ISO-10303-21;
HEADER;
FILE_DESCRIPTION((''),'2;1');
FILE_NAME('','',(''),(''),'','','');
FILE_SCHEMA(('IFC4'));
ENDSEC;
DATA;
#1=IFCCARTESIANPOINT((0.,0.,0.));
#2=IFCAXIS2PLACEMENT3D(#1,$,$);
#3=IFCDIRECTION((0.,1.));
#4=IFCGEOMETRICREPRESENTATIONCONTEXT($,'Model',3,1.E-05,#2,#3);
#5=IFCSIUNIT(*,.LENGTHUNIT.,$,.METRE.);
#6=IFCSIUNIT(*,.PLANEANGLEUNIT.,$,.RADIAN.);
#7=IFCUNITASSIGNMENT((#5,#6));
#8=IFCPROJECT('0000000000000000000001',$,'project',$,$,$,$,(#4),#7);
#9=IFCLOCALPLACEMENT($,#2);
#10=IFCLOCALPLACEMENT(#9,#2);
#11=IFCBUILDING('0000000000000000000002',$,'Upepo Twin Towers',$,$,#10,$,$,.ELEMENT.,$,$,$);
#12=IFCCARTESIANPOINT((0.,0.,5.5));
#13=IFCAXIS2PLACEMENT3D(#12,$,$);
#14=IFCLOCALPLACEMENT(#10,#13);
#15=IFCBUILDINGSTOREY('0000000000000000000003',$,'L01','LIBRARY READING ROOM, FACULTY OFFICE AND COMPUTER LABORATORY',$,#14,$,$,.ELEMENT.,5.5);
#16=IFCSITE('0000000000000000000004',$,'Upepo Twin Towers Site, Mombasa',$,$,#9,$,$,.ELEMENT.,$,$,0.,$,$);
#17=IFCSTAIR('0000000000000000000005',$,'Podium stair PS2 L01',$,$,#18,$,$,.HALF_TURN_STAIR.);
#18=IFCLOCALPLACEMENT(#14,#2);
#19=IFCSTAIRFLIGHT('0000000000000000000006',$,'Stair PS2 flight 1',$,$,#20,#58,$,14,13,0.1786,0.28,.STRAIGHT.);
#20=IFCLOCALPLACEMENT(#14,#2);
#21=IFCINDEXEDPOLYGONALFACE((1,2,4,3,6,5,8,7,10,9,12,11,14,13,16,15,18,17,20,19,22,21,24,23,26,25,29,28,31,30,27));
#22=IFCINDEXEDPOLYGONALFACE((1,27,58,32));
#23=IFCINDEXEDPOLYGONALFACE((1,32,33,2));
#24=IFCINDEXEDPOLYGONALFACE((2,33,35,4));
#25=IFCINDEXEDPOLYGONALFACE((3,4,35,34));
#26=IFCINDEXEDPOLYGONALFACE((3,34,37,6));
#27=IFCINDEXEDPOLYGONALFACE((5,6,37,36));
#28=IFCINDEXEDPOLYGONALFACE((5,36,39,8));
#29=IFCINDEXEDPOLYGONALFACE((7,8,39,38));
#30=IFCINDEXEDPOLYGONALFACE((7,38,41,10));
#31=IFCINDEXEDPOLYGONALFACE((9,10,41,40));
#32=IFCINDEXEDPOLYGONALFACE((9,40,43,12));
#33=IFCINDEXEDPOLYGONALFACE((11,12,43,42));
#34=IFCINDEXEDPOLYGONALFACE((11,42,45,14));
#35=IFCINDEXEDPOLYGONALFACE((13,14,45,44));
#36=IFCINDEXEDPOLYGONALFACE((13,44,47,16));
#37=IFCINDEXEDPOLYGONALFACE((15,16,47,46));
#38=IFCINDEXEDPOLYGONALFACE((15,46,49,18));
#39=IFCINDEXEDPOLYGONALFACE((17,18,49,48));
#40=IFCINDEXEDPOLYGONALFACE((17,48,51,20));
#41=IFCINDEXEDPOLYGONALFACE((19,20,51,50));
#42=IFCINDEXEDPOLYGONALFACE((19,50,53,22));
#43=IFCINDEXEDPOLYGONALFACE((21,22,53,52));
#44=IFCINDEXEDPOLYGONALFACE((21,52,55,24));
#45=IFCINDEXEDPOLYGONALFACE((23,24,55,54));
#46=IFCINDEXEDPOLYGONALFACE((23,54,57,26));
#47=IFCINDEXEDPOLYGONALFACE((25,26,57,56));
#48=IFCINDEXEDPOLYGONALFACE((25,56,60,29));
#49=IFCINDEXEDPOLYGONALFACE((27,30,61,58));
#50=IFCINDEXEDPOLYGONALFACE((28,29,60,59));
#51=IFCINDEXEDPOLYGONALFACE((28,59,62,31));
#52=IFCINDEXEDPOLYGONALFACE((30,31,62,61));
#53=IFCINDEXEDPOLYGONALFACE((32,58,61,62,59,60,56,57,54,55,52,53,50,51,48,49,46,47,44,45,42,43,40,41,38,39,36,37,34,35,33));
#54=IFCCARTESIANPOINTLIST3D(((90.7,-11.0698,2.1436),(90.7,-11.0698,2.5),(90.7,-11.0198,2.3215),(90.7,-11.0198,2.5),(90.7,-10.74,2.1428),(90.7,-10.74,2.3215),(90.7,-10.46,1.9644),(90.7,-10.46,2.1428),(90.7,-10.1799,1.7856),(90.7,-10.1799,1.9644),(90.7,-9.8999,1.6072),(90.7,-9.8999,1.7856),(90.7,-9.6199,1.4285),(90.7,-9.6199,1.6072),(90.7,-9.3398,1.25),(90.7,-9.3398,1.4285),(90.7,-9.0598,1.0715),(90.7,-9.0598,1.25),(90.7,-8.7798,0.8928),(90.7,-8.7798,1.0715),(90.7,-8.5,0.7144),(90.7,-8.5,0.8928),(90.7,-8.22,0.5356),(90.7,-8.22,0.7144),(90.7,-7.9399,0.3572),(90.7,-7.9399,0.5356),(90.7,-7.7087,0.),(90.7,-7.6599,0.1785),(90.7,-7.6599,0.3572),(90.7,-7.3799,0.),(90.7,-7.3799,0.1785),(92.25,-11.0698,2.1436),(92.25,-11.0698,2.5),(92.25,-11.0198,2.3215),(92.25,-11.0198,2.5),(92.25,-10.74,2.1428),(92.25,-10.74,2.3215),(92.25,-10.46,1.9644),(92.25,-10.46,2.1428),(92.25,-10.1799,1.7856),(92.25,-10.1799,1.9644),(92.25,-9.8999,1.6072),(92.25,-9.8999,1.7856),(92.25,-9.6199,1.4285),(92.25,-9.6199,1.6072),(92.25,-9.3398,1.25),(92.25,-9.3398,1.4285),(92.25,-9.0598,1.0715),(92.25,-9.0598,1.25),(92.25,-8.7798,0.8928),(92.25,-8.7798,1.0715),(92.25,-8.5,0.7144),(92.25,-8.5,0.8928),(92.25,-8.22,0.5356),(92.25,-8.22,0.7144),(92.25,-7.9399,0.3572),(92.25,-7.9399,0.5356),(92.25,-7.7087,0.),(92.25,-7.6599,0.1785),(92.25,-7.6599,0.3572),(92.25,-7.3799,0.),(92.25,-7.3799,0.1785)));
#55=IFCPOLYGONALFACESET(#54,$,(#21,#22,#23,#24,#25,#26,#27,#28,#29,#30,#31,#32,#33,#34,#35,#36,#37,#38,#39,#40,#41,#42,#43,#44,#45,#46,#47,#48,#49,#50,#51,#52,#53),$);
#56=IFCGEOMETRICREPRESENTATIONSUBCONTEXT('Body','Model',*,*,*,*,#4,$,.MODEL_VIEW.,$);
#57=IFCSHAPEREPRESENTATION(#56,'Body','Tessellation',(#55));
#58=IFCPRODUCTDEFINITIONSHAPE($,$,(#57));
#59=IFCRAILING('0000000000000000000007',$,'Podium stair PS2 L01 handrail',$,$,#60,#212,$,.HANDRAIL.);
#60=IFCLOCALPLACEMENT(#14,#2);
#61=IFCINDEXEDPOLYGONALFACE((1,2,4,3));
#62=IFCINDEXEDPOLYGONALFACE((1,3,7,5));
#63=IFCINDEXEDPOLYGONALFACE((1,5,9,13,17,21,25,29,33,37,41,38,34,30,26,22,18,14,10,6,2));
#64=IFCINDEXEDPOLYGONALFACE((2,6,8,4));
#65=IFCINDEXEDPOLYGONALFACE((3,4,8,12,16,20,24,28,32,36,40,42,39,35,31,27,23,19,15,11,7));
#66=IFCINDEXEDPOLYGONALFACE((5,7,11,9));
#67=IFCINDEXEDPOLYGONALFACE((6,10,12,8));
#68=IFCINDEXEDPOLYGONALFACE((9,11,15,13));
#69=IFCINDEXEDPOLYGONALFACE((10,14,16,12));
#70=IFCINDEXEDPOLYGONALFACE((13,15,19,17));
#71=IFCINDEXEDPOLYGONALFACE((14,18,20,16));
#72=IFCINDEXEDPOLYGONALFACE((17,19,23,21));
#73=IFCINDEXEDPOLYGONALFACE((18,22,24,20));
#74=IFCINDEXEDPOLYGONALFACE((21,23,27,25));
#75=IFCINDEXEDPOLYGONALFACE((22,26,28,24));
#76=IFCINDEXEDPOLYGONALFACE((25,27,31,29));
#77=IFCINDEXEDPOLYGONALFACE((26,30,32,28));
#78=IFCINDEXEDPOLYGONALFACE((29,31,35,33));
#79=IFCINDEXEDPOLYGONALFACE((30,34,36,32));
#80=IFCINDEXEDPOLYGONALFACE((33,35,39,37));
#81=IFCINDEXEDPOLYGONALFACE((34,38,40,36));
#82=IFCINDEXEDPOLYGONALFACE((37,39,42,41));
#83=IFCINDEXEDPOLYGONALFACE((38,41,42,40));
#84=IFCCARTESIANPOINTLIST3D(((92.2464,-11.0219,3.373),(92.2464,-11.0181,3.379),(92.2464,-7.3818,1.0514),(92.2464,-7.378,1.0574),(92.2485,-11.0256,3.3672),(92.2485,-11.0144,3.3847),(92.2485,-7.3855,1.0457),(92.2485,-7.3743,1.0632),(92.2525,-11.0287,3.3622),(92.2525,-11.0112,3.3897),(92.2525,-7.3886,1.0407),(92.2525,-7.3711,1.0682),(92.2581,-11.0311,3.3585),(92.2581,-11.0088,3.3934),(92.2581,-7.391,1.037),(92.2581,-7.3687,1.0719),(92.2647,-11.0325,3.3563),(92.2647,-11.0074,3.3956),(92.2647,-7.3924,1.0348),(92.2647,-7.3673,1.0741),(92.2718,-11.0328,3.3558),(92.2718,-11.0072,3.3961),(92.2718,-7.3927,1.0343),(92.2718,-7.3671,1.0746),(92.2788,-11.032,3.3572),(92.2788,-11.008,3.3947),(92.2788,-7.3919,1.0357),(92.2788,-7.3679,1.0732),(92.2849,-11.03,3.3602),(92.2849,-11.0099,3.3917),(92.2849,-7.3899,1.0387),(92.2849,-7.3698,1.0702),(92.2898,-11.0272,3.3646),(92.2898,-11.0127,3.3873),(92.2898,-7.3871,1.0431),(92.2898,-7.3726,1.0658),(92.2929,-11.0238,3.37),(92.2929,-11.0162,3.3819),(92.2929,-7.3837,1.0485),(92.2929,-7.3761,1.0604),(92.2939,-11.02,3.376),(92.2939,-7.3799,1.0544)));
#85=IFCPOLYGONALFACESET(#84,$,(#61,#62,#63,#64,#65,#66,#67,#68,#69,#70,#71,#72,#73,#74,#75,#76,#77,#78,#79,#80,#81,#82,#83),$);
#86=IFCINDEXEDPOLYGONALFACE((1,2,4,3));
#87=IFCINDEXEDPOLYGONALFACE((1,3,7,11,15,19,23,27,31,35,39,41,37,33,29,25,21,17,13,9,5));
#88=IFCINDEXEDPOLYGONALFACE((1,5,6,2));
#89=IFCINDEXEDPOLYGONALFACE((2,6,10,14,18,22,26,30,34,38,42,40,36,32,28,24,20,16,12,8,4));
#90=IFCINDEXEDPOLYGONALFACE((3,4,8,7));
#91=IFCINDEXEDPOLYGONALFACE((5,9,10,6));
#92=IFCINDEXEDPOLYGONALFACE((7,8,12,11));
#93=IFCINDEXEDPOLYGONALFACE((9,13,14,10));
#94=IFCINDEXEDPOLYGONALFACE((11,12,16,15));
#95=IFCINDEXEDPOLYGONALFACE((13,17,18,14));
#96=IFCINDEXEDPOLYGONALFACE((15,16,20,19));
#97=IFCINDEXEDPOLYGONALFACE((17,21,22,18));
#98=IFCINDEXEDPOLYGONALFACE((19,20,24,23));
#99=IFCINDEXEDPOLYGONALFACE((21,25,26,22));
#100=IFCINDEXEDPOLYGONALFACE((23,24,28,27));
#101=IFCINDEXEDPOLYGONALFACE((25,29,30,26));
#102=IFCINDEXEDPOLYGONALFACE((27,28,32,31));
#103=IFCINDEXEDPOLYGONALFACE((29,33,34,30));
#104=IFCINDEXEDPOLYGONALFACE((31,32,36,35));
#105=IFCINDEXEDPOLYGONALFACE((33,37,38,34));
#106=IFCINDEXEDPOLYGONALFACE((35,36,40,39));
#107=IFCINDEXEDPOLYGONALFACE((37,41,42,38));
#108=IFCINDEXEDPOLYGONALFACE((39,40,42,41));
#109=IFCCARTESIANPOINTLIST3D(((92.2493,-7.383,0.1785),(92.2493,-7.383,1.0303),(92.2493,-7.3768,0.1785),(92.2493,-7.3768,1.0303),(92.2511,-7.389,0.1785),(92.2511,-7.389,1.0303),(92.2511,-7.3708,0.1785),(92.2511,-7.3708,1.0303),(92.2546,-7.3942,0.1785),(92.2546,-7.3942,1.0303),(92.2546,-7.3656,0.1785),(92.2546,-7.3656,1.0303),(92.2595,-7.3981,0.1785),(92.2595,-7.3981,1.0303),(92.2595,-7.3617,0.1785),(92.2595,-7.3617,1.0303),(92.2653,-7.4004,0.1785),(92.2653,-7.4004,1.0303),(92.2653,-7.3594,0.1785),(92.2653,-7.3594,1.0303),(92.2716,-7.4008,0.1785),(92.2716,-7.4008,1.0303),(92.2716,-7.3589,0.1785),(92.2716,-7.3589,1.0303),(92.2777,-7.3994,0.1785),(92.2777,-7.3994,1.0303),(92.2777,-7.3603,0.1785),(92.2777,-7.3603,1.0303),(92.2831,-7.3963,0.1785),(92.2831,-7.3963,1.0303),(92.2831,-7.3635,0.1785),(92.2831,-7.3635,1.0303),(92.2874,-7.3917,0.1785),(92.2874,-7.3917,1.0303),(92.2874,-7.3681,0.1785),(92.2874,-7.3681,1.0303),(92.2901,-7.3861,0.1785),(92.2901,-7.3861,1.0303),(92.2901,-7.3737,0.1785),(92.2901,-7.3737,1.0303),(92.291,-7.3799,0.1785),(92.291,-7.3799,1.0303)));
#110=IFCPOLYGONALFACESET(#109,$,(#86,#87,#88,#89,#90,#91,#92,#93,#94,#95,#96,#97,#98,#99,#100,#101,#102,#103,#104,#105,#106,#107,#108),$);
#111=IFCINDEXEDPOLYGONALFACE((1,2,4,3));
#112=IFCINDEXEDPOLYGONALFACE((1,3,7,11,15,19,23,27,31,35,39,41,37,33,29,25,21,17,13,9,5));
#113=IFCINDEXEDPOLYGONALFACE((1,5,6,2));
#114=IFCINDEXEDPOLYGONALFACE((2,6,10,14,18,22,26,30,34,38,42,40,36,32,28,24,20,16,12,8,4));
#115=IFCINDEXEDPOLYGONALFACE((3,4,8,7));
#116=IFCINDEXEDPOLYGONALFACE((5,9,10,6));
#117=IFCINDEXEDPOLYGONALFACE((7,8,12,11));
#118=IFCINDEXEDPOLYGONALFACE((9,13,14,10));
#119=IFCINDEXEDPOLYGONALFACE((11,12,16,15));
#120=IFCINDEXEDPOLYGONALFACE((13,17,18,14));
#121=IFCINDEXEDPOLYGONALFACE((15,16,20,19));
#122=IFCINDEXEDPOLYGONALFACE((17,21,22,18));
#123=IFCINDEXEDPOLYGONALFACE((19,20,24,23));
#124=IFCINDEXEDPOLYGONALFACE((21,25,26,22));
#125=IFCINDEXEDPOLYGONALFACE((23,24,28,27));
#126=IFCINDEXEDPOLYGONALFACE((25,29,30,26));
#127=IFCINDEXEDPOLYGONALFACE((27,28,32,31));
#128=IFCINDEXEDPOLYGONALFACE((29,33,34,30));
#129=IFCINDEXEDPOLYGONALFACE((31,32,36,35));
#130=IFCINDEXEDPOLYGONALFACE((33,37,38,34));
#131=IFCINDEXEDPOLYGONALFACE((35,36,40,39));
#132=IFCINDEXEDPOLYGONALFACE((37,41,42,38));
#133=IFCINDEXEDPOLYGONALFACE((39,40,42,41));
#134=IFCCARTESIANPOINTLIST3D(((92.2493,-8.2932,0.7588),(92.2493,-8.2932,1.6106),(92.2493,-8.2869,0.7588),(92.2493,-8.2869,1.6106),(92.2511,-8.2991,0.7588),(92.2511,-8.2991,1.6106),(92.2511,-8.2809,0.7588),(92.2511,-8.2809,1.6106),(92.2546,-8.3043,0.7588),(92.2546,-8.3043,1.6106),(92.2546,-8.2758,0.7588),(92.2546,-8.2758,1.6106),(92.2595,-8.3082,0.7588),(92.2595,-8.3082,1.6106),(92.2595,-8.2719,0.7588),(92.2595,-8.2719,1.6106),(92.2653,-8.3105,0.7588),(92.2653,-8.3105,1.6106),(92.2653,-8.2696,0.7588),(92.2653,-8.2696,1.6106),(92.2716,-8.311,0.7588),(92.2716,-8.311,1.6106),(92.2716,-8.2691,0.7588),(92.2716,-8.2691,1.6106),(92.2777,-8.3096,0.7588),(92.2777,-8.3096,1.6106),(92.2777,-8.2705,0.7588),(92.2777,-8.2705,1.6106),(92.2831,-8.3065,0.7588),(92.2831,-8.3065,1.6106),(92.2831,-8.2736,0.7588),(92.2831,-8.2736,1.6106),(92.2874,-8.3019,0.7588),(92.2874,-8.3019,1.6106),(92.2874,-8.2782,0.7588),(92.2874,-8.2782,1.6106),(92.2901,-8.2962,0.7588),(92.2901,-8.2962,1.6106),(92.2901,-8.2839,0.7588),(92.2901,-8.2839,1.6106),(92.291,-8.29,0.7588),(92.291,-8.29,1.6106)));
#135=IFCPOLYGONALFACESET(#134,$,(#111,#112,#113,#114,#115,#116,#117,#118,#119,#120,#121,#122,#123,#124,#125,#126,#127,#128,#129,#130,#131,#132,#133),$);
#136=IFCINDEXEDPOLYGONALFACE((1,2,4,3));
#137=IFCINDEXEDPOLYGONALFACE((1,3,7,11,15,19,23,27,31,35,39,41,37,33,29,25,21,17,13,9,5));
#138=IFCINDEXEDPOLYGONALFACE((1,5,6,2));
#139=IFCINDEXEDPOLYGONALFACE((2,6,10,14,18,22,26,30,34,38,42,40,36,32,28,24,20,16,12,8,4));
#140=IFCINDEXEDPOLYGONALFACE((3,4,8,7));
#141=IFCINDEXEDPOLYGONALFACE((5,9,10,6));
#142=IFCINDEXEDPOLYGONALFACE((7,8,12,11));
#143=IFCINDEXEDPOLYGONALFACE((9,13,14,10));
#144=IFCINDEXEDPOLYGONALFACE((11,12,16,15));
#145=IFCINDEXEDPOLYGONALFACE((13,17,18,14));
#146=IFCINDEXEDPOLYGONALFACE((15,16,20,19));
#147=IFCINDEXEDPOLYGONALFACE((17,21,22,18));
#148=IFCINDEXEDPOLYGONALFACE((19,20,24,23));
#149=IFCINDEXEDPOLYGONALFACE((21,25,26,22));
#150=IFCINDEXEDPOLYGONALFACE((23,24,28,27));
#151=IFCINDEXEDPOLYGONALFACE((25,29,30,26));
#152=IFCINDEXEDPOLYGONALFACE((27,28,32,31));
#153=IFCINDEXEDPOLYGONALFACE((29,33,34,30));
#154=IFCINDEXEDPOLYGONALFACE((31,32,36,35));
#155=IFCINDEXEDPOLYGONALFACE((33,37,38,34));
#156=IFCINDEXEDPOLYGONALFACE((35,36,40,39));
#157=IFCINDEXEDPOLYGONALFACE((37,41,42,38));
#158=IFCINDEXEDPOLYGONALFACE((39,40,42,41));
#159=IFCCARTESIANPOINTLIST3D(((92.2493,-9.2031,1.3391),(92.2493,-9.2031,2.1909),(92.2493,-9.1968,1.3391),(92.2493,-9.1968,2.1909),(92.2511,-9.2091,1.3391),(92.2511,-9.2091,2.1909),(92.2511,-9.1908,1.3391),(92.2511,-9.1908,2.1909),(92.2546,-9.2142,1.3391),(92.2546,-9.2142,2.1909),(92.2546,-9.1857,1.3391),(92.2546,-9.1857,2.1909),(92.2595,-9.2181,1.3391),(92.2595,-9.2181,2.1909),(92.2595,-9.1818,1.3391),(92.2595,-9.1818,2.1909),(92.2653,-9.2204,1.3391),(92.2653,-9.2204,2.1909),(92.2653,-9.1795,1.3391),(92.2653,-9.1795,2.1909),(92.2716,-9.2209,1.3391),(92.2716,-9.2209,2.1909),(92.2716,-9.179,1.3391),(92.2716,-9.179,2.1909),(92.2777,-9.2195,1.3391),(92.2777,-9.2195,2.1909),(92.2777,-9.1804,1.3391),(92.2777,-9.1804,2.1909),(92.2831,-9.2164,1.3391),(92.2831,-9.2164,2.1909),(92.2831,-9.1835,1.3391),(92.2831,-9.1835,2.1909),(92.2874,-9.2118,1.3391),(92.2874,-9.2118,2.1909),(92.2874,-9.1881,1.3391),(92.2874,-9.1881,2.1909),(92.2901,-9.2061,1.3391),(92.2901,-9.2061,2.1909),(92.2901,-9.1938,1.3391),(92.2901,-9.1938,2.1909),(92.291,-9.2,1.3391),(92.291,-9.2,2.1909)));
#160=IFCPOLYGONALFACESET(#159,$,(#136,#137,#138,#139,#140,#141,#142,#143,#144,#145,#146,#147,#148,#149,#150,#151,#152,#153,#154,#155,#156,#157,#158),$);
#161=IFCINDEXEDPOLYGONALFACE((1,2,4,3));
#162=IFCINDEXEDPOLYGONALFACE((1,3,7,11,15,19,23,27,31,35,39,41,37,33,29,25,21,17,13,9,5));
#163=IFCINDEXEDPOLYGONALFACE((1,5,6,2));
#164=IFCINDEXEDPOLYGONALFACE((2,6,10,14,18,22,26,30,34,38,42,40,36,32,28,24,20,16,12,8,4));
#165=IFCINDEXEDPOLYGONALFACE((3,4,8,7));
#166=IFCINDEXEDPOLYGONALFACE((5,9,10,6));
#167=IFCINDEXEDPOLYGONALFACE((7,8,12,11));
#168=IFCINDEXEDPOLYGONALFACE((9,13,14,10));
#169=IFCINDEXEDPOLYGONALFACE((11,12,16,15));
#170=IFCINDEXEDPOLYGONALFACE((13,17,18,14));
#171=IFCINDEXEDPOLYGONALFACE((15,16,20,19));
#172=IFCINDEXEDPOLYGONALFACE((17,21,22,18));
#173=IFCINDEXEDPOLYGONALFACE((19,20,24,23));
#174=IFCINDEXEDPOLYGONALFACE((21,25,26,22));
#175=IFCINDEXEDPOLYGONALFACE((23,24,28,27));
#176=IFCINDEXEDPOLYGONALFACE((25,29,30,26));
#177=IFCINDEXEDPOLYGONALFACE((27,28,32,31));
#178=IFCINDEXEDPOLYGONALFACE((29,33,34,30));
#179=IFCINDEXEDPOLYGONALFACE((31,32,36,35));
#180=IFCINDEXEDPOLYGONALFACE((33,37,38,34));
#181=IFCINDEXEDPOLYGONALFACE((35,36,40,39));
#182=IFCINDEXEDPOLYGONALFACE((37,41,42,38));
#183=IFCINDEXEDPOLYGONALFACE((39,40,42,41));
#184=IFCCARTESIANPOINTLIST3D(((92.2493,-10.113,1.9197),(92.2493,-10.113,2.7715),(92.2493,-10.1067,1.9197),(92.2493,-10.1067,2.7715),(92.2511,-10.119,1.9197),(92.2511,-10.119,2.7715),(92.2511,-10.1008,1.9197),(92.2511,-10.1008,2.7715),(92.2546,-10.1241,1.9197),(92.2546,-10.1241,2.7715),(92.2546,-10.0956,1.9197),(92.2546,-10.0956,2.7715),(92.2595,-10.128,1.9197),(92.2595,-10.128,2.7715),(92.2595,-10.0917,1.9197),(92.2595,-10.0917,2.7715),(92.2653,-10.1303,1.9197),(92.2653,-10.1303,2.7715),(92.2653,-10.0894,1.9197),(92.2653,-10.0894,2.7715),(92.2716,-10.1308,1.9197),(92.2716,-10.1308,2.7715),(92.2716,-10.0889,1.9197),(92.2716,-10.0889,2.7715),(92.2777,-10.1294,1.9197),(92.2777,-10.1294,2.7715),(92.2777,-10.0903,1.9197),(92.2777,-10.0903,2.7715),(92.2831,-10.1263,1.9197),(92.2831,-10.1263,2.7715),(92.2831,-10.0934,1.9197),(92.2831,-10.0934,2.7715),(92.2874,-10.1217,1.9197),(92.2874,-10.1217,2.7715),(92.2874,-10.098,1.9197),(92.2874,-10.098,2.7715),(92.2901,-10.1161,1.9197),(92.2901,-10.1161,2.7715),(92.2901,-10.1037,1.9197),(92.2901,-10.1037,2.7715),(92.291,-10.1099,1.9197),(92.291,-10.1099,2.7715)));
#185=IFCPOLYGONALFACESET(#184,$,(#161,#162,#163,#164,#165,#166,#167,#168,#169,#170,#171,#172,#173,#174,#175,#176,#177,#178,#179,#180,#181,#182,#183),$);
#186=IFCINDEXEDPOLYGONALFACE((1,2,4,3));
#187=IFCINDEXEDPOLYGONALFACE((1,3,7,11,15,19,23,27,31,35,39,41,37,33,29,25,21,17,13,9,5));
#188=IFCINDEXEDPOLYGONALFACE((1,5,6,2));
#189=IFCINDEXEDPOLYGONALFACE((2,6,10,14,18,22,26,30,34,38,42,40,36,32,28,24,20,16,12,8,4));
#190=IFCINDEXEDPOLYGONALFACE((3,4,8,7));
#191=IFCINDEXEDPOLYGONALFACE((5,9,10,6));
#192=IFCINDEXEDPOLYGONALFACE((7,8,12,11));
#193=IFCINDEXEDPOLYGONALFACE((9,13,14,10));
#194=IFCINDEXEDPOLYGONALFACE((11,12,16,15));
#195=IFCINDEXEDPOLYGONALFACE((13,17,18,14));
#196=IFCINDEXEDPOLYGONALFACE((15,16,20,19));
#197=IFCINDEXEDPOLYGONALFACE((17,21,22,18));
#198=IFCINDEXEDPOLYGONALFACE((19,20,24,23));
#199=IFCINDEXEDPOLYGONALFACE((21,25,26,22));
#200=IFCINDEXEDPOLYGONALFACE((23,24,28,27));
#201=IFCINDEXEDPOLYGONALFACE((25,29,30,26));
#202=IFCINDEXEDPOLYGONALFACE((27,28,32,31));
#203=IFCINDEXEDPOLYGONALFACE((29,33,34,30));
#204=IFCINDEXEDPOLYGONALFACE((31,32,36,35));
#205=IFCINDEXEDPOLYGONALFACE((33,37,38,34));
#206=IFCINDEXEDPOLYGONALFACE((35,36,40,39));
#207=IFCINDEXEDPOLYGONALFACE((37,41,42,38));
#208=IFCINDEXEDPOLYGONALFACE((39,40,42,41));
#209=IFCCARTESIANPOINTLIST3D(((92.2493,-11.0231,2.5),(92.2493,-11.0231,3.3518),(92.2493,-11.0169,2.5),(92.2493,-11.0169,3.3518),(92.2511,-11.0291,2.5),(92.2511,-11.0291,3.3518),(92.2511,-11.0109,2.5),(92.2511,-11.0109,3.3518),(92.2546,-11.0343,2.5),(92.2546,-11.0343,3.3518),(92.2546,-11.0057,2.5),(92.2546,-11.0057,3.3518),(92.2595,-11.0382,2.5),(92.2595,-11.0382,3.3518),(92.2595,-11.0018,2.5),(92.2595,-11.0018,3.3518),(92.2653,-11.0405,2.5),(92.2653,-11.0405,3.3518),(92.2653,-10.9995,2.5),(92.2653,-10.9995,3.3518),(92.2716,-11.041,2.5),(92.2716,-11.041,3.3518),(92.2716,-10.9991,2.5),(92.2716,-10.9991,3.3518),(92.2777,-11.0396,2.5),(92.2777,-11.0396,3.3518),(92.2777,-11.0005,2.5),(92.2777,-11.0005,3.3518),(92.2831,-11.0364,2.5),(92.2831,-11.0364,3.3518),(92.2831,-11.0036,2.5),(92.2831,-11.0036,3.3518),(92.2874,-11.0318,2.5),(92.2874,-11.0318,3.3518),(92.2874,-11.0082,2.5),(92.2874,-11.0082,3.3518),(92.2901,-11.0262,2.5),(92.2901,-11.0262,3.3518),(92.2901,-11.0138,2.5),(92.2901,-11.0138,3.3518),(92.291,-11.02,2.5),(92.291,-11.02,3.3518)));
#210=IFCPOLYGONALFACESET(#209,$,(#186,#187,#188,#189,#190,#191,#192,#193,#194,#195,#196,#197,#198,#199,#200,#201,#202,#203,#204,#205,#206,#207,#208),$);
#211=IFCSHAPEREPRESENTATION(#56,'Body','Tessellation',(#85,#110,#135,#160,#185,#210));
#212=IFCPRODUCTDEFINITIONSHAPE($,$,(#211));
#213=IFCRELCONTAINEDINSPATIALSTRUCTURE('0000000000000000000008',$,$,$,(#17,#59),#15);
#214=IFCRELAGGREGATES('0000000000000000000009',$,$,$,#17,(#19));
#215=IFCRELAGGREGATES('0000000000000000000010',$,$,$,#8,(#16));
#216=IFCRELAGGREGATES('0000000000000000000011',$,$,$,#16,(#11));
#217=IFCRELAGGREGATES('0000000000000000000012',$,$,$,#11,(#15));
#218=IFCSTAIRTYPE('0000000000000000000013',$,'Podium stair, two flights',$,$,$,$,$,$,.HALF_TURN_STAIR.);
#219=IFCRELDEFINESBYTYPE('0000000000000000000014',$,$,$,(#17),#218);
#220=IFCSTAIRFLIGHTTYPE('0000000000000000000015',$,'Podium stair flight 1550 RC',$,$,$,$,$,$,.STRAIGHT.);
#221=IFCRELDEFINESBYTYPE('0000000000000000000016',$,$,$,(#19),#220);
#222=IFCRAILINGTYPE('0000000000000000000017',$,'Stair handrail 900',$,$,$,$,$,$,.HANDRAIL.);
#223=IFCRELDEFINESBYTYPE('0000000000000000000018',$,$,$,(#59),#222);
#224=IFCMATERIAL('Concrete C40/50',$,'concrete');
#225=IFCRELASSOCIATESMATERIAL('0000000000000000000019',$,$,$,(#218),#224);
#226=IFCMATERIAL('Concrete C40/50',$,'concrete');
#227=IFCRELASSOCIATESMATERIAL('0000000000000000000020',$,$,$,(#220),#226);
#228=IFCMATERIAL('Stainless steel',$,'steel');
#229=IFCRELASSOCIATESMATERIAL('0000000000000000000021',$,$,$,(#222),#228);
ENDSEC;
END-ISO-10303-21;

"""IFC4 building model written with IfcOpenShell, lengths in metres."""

from ifc_helpers import new_model, si_unit, direction, frame, origin, origin_2d, place, context, subcontext, project, spatial, polyline, circle, outline, extrude, material, type_object, element, aggregate, save


model = new_model("IFC4")

# Units and contexts
model_context = context("Model", 3, precision=1e-05, world=origin(), true_north=direction((0.0, 1.0)))
body_context = subcontext(model_context, "Body", "Model", "MODEL_VIEW")
ifc_project = project(units=[si_unit("LENGTHUNIT", "METRE"), si_unit("PLANEANGLEUNIT", "RADIAN")], contexts=[model_context])

# Site, building, storey
site_placement = place(None, origin())
site = spatial("IfcSite", under=ifc_project, at=site_placement, Name="Upepo Twin Towers Site, Mombasa", CompositionType="ELEMENT", RefElevation=0.0)
building_placement = place(site_placement, origin())
building = spatial("IfcBuilding", under=site, at=building_placement, Name="Upepo Twin Towers", CompositionType="ELEMENT")
storey_placement = place(building_placement, frame((0.0, 0.0, 5.5)))
storey = spatial("IfcBuildingStorey", under=building, at=storey_placement, Name="L01", Description="LIBRARY READING ROOM, FACULTY OFFICE AND COMPUTER LABORATORY", CompositionType="ELEMENT", Elevation=5.5)

# Stair, stair flight
ifc_material_1 = material(Name="Concrete C40/50", Category="concrete")
stair_type = type_object("IfcStairType", Name="Podium stair, two flights", PredefinedType="HALF_TURN_STAIR", material=ifc_material_1)
stair_placement = place(storey_placement, origin())
stair = element("IfcStair", 1, at=stair_placement, inside=storey, type_object=stair_type, Name="Podium stair PS2 L01", PredefinedType="HALF_TURN_STAIR")
ifc_material_2 = material(Name="Concrete C40/50", Category="concrete")
stair_flight_type = type_object("IfcStairFlightType", Name="Podium stair flight 1550 RC", PredefinedType="STRAIGHT", material=ifc_material_2)
stair_flight_placement = place(storey_placement, frame((91.4751, -7.3799, 0.0), z_axis=(0.0, 0.0, 1.0), x_axis=(0.0, -1.0, 0.0)))
stair_flight = element("IfcStairFlight", 2, at=stair_flight_placement, type_object=stair_flight_type, Name="Stair PS2 flight 1", NumberOfRisers=14, NumberOfTreads=13, PredefinedType="STRAIGHT", RiserHeight=0.1786, TreadLength=0.28, context=body_context, shape_type="SweptSolid", body=[
    extrude(outline(polyline([(0.0, 0.0), (0.0, 0.1785), (0.28, 0.1785), (0.28, 0.3572), (0.5601, 0.3572), (0.5601, 0.5356), (0.8401, 0.5356), (0.8401, 0.7144), (1.1201, 0.7144), (1.1201, 0.8928), (1.3999, 0.8928), (1.3999, 1.0715), (1.6799, 1.0715), (1.6799, 1.25), (1.96, 1.25), (1.96, 1.4285), (2.24, 1.4285), (2.24, 1.6072), (2.52, 1.6072), (2.52, 1.7856), (2.8, 1.7856), (2.8, 1.9644), (3.0801, 1.9644), (3.0801, 2.1428), (3.3601, 2.1428), (3.3601, 2.3215), (3.6399, 2.3215), (3.6399, 2.5), (3.6899, 2.5), (3.6899, 2.1436), (0.3289, 0.0), (0.0, 0.0)])), frame((0.0, 0.7749, 0.0), z_axis=(0.0, -1.0, 0.0), x_axis=(1.0, 0.0, 0.0)), (0.0, 0.0, 1.0), 1.55),
])
aggregate(stair, [stair_flight])

# Railing
ifc_material_3 = material(Name="Stainless steel", Category="steel")
railing_type = type_object("IfcRailingType", Name="Stair handrail 900", PredefinedType="HANDRAIL", material=ifc_material_3)
railing_placement = place(storey_placement, frame((92.27, -7.3799, 0.1785)))
element("IfcRailing", 3, at=railing_placement, inside=storey, type_object=railing_type, Name="Podium stair PS2 L01 handrail", PredefinedType="HANDRAIL", context=body_context, shape_type="SweptSolid", body=[
    extrude(circle(Radius=0.0239, at=origin_2d()), frame((0.0, 0.0, 0.876), z_axis=(0.0, -0.843128, 0.537713), x_axis=(1.0, 0.0, 0.0)), (0.0, 0.0, 1.0), 4.3174),
    extrude(circle(Radius=0.021, at=origin_2d()), origin(), (0.0, 0.0, 1.0), 0.8518),
    extrude(circle(Radius=0.021, at=origin_2d()), frame((0.0, -0.9102, 0.5803)), (0.0, 0.0, 1.0), 0.8518),
    extrude(circle(Radius=0.021, at=origin_2d()), frame((0.0, -1.8201, 1.1606)), (0.0, 0.0, 1.0), 0.8518),
    extrude(circle(Radius=0.021, at=origin_2d()), frame((0.0, -2.73, 1.7412)), (0.0, 0.0, 1.0), 0.8518),
    extrude(circle(Radius=0.021, at=origin_2d()), frame((0.0, -3.6401, 2.3215)), (0.0, 0.0, 1.0), 0.8518),
])

save(model, "model.ifc")
